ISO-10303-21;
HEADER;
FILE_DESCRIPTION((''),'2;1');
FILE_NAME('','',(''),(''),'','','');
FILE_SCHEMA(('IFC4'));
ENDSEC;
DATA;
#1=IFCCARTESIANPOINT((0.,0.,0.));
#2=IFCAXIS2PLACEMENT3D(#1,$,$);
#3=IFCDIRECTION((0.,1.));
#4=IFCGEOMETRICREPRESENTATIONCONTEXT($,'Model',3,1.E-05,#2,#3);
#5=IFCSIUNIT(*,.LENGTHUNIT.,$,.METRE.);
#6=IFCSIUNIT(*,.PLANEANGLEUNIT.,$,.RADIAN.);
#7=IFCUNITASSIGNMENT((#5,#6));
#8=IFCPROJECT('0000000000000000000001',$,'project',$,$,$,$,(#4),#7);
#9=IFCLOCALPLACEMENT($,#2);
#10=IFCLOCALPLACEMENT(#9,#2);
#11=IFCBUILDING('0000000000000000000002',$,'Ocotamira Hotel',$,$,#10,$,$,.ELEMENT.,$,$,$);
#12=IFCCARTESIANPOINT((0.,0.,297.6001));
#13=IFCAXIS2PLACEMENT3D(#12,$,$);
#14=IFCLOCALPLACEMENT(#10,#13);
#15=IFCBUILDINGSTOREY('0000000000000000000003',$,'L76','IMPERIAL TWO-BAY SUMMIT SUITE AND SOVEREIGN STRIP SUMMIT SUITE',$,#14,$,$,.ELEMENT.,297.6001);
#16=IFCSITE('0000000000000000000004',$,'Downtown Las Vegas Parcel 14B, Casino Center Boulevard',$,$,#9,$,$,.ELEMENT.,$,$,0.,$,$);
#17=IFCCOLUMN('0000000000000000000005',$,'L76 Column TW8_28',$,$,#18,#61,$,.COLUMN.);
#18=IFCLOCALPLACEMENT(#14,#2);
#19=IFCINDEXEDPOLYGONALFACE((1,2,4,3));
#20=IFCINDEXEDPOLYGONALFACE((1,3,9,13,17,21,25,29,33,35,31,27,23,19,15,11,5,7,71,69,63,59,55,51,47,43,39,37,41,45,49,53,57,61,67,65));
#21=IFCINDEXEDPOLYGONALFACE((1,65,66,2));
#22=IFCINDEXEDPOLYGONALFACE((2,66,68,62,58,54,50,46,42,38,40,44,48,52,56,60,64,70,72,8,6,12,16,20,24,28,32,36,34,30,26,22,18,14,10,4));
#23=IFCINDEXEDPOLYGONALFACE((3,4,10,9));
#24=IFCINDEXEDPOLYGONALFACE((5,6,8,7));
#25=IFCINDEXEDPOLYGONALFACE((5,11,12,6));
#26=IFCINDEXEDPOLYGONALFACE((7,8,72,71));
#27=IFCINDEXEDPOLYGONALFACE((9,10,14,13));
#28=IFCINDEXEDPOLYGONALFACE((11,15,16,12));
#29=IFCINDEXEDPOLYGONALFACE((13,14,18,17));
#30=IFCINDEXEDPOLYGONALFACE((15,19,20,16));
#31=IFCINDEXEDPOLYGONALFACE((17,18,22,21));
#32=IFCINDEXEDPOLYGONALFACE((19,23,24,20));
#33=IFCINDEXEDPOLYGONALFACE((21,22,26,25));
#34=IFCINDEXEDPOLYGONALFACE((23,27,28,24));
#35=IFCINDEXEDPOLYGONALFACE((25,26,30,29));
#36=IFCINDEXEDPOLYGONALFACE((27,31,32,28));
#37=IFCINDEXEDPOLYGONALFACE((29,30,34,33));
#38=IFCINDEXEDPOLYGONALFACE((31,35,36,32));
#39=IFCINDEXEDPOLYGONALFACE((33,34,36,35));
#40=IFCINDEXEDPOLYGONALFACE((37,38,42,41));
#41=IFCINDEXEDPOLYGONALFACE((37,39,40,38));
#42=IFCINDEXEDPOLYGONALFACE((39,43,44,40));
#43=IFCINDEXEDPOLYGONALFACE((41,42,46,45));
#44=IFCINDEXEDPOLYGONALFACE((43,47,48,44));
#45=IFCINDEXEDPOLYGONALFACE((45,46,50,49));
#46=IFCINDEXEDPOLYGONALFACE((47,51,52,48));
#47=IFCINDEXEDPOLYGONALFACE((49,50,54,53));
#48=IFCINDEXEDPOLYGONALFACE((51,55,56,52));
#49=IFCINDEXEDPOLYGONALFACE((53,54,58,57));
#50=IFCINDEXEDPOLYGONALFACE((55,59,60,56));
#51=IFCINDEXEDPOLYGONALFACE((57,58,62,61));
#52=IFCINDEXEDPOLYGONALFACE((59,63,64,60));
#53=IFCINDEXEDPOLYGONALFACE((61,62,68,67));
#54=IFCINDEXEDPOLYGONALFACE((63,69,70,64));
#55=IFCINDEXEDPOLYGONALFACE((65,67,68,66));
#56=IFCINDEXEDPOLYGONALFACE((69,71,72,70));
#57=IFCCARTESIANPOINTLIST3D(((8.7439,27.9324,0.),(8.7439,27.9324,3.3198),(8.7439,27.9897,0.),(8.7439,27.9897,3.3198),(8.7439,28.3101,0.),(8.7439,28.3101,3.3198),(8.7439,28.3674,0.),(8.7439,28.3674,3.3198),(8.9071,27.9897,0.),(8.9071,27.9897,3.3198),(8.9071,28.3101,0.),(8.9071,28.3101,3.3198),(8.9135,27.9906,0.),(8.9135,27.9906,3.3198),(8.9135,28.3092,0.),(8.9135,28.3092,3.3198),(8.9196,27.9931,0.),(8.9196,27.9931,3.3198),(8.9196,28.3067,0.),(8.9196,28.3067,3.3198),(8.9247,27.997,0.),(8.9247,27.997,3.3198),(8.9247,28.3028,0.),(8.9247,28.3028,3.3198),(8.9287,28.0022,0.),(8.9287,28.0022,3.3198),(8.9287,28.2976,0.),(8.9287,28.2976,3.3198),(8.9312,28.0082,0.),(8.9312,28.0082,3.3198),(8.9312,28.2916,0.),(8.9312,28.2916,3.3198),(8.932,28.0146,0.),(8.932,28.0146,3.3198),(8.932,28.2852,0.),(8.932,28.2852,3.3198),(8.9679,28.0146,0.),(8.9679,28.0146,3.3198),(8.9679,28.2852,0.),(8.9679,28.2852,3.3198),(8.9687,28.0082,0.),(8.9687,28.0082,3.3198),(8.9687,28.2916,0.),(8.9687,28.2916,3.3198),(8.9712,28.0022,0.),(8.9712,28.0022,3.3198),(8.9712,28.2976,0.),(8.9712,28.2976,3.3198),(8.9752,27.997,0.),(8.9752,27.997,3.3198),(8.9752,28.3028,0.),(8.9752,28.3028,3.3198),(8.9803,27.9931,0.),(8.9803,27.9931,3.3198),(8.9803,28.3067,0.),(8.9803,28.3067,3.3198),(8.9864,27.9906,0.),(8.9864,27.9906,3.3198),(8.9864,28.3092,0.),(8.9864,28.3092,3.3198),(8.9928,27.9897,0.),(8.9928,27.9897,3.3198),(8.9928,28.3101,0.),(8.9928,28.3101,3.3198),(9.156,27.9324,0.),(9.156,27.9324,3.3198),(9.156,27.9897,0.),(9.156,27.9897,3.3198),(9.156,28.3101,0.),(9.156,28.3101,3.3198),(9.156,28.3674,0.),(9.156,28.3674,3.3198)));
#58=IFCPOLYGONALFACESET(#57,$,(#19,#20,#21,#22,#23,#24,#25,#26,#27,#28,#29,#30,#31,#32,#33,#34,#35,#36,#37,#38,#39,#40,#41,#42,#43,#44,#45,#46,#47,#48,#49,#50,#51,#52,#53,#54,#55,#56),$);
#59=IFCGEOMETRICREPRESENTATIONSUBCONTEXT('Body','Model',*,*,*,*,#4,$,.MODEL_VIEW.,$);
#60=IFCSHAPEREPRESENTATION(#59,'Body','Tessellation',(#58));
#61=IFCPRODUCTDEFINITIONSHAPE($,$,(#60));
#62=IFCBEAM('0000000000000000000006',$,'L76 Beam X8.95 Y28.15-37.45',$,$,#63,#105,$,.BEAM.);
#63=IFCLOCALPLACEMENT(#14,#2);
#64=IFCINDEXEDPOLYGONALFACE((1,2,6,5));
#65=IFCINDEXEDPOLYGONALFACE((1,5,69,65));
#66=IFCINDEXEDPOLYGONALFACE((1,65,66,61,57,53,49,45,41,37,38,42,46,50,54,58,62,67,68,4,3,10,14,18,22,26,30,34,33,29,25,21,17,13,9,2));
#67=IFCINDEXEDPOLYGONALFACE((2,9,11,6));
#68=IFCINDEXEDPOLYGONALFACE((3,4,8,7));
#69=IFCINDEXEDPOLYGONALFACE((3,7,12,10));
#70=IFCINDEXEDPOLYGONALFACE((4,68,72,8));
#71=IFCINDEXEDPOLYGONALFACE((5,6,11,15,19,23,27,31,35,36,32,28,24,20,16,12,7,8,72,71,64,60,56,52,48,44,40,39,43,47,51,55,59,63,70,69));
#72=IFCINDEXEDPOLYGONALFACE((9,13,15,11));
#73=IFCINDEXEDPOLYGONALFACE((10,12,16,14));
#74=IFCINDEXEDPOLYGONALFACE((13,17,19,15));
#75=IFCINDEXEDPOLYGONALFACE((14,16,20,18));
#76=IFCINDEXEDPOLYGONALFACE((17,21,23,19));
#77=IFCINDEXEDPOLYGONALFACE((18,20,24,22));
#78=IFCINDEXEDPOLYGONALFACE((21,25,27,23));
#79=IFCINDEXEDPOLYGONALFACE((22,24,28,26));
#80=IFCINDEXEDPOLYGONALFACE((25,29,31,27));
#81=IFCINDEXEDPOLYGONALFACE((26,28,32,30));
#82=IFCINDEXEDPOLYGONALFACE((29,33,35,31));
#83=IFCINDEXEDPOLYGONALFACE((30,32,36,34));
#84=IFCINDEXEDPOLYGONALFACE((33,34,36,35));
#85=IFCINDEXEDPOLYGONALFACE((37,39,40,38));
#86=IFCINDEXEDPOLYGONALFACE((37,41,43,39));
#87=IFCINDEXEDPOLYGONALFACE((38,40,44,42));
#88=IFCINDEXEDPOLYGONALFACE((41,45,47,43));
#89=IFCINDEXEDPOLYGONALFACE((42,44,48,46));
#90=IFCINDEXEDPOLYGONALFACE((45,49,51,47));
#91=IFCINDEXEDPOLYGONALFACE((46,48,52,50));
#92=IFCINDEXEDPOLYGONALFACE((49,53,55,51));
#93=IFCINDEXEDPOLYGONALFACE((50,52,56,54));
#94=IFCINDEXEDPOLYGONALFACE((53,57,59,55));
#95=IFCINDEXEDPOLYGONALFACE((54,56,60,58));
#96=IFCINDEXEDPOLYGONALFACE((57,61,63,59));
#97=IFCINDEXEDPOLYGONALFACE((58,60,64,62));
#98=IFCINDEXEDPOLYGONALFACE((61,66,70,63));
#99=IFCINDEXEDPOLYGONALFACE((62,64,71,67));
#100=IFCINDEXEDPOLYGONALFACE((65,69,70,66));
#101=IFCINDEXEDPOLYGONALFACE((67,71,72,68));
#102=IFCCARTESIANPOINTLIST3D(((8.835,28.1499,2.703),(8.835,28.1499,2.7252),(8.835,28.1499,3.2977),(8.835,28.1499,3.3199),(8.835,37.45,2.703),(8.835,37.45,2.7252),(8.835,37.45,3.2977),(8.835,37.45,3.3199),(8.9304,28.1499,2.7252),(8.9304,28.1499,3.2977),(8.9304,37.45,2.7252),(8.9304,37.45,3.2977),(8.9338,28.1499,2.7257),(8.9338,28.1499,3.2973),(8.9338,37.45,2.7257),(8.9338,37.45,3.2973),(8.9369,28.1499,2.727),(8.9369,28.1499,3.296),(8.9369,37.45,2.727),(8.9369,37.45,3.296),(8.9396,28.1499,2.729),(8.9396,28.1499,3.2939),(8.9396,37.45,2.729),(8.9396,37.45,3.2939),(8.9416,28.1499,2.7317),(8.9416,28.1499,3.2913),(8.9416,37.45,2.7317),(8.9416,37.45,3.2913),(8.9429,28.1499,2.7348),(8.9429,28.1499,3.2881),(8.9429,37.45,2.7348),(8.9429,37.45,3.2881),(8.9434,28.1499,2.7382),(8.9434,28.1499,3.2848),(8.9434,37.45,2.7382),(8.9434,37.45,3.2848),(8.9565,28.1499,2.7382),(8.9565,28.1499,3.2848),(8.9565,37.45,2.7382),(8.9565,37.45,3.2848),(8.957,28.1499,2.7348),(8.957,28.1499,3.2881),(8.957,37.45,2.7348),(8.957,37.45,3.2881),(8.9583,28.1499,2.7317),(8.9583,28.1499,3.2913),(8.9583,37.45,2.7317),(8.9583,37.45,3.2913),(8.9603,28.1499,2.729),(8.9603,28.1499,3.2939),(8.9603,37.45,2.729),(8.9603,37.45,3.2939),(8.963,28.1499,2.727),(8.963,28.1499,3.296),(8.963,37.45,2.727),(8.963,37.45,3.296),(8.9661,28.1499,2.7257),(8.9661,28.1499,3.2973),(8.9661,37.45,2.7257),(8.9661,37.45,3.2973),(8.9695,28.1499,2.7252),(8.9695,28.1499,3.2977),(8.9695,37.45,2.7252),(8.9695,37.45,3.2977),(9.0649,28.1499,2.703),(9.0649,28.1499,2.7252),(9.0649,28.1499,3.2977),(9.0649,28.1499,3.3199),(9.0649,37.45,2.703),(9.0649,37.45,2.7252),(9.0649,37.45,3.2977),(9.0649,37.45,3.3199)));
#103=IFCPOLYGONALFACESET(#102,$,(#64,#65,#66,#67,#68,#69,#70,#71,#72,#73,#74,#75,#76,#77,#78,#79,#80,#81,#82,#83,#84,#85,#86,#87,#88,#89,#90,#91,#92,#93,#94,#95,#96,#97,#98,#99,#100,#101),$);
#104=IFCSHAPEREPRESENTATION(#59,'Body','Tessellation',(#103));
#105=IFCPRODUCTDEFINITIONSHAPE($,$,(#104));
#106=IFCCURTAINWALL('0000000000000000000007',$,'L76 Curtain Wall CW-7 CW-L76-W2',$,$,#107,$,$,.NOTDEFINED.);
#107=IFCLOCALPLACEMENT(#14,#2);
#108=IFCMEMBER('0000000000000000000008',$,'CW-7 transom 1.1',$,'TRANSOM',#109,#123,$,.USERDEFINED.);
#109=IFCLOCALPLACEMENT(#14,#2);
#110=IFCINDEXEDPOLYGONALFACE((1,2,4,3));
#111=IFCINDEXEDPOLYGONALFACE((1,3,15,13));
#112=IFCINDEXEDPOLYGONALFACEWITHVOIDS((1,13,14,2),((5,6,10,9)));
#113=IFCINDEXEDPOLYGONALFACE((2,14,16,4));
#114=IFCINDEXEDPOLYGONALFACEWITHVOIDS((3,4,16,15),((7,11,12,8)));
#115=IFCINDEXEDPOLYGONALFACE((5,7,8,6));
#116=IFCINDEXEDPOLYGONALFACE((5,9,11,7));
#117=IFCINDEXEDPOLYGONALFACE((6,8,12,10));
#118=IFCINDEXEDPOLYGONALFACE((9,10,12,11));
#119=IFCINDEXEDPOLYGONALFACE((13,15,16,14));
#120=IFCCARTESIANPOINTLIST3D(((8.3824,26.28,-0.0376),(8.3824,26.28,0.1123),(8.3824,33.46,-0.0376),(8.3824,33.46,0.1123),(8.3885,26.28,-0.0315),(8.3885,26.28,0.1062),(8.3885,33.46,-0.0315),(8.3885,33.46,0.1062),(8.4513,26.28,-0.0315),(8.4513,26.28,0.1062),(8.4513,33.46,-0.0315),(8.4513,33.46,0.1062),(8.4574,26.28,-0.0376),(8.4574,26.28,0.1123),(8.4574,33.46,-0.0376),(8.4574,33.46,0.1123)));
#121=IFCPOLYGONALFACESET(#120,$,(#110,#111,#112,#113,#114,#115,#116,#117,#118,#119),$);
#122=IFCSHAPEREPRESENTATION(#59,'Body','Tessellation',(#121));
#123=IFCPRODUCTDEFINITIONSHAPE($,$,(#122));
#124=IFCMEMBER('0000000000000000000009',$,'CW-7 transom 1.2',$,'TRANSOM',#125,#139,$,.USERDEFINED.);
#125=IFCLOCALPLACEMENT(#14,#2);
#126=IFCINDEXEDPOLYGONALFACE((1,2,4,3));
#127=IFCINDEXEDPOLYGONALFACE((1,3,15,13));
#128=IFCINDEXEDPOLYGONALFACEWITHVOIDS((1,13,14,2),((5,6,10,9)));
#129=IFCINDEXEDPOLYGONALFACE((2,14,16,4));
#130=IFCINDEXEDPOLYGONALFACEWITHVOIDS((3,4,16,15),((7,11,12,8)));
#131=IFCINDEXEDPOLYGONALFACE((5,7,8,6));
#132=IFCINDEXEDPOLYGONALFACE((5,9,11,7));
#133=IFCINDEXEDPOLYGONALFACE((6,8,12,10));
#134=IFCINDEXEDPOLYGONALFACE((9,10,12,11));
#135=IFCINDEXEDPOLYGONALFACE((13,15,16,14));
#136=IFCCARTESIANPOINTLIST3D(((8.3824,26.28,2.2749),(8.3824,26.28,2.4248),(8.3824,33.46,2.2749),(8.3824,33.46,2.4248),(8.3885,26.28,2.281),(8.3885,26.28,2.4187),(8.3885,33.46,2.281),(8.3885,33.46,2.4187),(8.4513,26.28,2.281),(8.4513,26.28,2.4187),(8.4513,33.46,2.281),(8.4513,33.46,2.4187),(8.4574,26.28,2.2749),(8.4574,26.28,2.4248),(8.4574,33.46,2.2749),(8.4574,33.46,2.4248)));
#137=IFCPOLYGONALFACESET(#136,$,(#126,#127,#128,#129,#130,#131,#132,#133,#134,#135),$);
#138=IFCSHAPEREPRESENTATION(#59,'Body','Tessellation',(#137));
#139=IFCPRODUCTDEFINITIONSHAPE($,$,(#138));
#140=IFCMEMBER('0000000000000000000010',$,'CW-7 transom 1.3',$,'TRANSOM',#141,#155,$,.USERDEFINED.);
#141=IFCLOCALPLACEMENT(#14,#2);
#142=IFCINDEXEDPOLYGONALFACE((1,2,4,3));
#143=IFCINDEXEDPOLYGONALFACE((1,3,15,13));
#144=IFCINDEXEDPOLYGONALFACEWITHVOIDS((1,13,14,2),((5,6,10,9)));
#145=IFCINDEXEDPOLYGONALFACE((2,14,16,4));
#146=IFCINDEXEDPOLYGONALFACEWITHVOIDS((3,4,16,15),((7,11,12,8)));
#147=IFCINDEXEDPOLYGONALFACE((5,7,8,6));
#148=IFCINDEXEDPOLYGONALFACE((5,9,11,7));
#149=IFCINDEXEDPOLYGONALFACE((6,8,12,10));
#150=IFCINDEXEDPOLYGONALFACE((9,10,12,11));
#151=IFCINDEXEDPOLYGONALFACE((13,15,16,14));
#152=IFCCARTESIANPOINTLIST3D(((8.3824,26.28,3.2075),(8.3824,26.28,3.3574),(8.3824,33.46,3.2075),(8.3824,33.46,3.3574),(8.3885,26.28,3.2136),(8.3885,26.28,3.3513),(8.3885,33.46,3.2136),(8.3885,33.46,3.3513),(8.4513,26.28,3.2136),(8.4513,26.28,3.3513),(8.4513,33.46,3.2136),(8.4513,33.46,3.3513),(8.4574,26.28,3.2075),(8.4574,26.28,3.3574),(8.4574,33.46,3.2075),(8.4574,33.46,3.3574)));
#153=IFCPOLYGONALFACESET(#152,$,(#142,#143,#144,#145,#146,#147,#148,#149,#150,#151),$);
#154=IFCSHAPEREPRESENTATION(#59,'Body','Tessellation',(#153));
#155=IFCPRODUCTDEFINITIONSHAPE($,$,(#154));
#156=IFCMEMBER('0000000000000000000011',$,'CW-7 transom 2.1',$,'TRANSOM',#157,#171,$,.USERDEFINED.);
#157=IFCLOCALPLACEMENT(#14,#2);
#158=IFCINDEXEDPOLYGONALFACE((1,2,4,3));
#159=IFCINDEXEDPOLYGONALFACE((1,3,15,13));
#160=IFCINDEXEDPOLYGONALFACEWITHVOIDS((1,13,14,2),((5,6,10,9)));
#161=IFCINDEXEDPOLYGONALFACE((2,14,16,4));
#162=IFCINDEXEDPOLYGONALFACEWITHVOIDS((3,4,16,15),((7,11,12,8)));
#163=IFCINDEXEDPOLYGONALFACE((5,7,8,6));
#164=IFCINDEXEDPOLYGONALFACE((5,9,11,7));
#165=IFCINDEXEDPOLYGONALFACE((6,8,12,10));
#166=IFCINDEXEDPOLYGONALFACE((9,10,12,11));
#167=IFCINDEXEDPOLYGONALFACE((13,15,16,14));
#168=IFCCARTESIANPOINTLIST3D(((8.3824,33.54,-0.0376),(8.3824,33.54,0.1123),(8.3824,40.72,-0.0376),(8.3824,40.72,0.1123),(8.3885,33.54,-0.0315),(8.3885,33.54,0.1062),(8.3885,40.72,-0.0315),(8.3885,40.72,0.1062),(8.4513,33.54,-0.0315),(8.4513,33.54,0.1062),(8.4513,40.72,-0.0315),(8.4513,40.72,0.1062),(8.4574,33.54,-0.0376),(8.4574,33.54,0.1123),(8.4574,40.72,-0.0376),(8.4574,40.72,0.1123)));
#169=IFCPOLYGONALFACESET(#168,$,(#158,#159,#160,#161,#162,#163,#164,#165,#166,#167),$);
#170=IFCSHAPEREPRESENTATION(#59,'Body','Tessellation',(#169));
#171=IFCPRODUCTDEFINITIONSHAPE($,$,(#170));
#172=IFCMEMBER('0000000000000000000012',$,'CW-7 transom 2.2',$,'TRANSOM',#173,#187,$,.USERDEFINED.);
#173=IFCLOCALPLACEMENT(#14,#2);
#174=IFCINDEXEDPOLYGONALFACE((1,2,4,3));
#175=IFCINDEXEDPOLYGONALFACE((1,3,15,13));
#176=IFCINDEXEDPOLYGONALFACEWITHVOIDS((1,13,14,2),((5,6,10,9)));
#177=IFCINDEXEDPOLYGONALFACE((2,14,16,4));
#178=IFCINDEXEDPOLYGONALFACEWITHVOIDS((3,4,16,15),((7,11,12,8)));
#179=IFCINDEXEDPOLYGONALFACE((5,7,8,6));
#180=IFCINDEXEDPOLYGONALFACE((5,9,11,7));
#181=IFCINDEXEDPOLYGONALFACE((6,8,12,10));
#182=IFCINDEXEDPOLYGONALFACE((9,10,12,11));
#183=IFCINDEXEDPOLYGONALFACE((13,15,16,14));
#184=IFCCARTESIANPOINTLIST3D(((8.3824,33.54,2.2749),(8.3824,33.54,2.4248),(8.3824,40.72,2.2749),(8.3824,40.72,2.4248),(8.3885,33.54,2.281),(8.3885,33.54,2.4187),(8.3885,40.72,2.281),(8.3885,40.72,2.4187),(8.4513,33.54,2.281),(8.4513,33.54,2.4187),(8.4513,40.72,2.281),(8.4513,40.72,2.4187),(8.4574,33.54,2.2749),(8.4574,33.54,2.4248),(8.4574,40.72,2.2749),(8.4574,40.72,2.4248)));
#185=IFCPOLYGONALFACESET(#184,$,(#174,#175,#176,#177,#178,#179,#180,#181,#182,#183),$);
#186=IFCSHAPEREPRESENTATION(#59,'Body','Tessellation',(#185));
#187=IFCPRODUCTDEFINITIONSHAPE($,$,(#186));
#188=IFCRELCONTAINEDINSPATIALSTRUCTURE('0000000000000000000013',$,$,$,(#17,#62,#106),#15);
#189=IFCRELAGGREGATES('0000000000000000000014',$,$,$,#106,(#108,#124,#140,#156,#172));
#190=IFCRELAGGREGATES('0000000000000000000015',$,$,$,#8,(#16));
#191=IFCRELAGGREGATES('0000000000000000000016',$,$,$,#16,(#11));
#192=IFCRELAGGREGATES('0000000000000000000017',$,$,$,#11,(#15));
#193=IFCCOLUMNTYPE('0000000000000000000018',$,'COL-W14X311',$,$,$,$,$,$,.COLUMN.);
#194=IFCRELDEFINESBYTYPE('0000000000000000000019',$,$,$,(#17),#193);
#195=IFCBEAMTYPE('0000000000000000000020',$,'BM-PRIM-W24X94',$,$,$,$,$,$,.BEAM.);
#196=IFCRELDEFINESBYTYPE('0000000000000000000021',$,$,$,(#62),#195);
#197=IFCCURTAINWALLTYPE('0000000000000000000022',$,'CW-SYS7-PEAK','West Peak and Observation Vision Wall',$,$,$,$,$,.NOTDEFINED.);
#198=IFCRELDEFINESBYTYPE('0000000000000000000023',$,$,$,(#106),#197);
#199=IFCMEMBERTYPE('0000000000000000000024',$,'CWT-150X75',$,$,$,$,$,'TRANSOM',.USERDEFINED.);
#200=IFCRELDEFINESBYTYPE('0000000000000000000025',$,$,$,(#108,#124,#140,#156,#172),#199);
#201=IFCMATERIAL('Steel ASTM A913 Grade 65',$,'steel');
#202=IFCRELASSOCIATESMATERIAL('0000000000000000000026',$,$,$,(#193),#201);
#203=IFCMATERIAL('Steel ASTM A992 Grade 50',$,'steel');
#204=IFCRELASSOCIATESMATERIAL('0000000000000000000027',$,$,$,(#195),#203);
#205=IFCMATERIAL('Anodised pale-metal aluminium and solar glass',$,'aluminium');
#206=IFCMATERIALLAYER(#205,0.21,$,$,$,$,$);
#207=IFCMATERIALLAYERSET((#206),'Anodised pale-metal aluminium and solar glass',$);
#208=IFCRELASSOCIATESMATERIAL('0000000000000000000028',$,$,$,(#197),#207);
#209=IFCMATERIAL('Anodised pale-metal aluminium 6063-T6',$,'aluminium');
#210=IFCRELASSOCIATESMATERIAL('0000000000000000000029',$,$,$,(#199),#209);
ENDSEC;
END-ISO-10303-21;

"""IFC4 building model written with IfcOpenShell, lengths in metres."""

from ifc_helpers import new_model, si_unit, direction, frame, origin, origin_2d, place, context, subcontext, project, spatial, hollow_rectangle, i_section, extrude, source, transform, mapped, material, layer, layer_set, material_profile, profile_set, type_object, element, aggregate, save


model = new_model("IFC4")

# Units and contexts
model_context = context("Model", 3, precision=1e-05, world=origin(), true_north=direction((0.0, 1.0)))
body_context = subcontext(model_context, "Body", "Model", "MODEL_VIEW")
ifc_project = project(units=[si_unit("LENGTHUNIT", "METRE"), si_unit("PLANEANGLEUNIT", "RADIAN")], contexts=[model_context])

# Site, building, storey
site_placement = place(None, origin())
site = spatial("IfcSite", under=ifc_project, at=site_placement, Name="Downtown Las Vegas Parcel 14B, Casino Center Boulevard", CompositionType="ELEMENT", RefElevation=0.0)
building_placement = place(site_placement, origin())
building = spatial("IfcBuilding", under=site, at=building_placement, Name="Ocotamira Hotel", CompositionType="ELEMENT")
storey_placement = place(building_placement, frame((0.0, 0.0, 297.6001)))
storey = spatial("IfcBuildingStorey", under=building, at=storey_placement, Name="L76", Description="IMPERIAL TWO-BAY SUMMIT SUITE AND SOVEREIGN STRIP SUMMIT SUITE", CompositionType="ELEMENT", Elevation=297.6001)

# Column
ifc_material_1 = material(Name="Steel ASTM A913 Grade 65", Category="steel")
ifc_material_profile_1 = material_profile(ifc_material_1, i_section(OverallWidth=0.4121, OverallDepth=0.4351, WebThickness=0.0359, FlangeThickness=0.0574, FilletRadius=0.0249, at=origin_2d()), Name="W14X311")
ifc_profile_set_1 = profile_set([ifc_material_profile_1], Name="Steel ASTM A913 Grade 65")
column_type = type_object("IfcColumnType", Name="COL-W14X311", PredefinedType="COLUMN", material=ifc_profile_set_1)
shared_shape_1 = source(origin(), body_context, "Body", "SweptSolid", [
    extrude(i_section(OverallWidth=0.4121, OverallDepth=0.4351, WebThickness=0.0359, FlangeThickness=0.0574, FilletRadius=0.0249, at=origin_2d()), origin(), (0.0, 0.0, 1.0), 3.3198),
])
column_placement = place(storey_placement, frame((8.95, 28.1499, 0.0), z_axis=(0.0, 0.0, 1.0), x_axis=(1.0, 0.0, 0.0)))
element("IfcColumn", 1, at=column_placement, inside=storey, type_object=column_type, Name="L76 Column TW8_28", PredefinedType="COLUMN", context=body_context, shape_type="MappedRepresentation", body=[
    mapped(shared_shape_1, transform((0.0, 0.0, 0.0), scale=1.0)),
])

# Beam
ifc_material_2 = material(Name="Steel ASTM A992 Grade 50", Category="steel")
ifc_material_profile_2 = material_profile(ifc_material_2, i_section(OverallWidth=0.23, OverallDepth=0.6169, WebThickness=0.0132, FlangeThickness=0.0222, FilletRadius=0.0129, at=origin_2d()), Name="W24X94")
ifc_profile_set_2 = profile_set([ifc_material_profile_2], Name="Steel ASTM A992 Grade 50")
beam_type = type_object("IfcBeamType", Name="BM-PRIM-W24X94", PredefinedType="BEAM", material=ifc_profile_set_2)
shared_shape_2 = source(origin(), body_context, "Body", "SweptSolid", [
    extrude(i_section(OverallWidth=0.23, OverallDepth=0.6169, WebThickness=0.0132, FlangeThickness=0.0222, FilletRadius=0.0129, at=origin_2d()), origin(), (0.0, 0.0, 1.0), 9.3),
])
beam_placement = place(storey_placement, frame((8.95, 28.1499, 3.0115), z_axis=(0.0, 1.0, 0.0), x_axis=(-1.0, 0.0, 0.0)))
element("IfcBeam", 2, at=beam_placement, inside=storey, type_object=beam_type, Name="L76 Beam X8.95 Y28.15-37.45", PredefinedType="BEAM", context=body_context, shape_type="MappedRepresentation", body=[
    mapped(shared_shape_2, transform((0.0, 0.0, 0.0), scale=1.0)),
])

# Curtain wall, members
ifc_material_3 = material(Name="Anodised pale-metal aluminium and solar glass", Category="aluminium")
ifc_layer_1 = layer(ifc_material_3, 0.21)
ifc_layer_set_1 = layer_set([ifc_layer_1], Name="Anodised pale-metal aluminium and solar glass")
curtain_wall_type = type_object("IfcCurtainWallType", Name="CW-SYS7-PEAK", Description="West Peak and Observation Vision Wall", PredefinedType="NOTDEFINED", material=ifc_layer_set_1)
curtain_wall_placement = place(storey_placement, origin())
curtain_wall = element("IfcCurtainWall", 3, at=curtain_wall_placement, inside=storey, type_object=curtain_wall_type, Name="L76 Curtain Wall CW-7 CW-L76-W2", PredefinedType="NOTDEFINED")
ifc_material_4 = material(Name="Anodised pale-metal aluminium 6063-T6", Category="aluminium")
ifc_material_profile_3 = material_profile(ifc_material_4, hollow_rectangle(XDim=0.075, YDim=0.1499, WallThickness=0.0061, at=origin_2d()), Name="HSS150X75X6")
ifc_profile_set_3 = profile_set([ifc_material_profile_3], Name="Anodised pale-metal aluminium 6063-T6")
member_type_1 = type_object("IfcMemberType", Name="CWT-150X75", ElementType="TRANSOM", PredefinedType="USERDEFINED", material=ifc_profile_set_3)
shared_shape_3 = source(origin(), body_context, "Body", "SweptSolid", [
    extrude(hollow_rectangle(XDim=0.075, YDim=0.1499, WallThickness=0.0061, at=origin_2d()), origin(), (0.0, 0.0, 1.0), 7.1799),
])
member_1_placement = place(storey_placement, frame((8.4199, 26.28, 0.0374), z_axis=(0.0, 1.0, 0.0), x_axis=(-1.0, 0.0, 0.0)))
member_1 = element("IfcMember", 4, at=member_1_placement, type_object=member_type_1, Name="CW-7 transom 1.1", ObjectType="TRANSOM", PredefinedType="USERDEFINED", context=body_context, shape_type="MappedRepresentation", body=[
    mapped(shared_shape_3, transform((0.0, 0.0, 0.0), scale=1.0)),
])
member_2_placement = place(storey_placement, frame((8.4199, 26.28, 2.3499), z_axis=(0.0, 1.0, 0.0), x_axis=(-1.0, 0.0, 0.0)))
member_2 = element("IfcMember", 5, at=member_2_placement, type_object=member_type_1, Name="CW-7 transom 1.2", ObjectType="TRANSOM", PredefinedType="USERDEFINED", context=body_context, shape_type="MappedRepresentation", body=[
    mapped(shared_shape_3, transform((0.0, 0.0, 0.0), scale=1.0)),
])
member_3_placement = place(storey_placement, frame((8.4199, 26.28, 3.2825), z_axis=(0.0, 1.0, 0.0), x_axis=(-1.0, 0.0, 0.0)))
member_3 = element("IfcMember", 6, at=member_3_placement, type_object=member_type_1, Name="CW-7 transom 1.3", ObjectType="TRANSOM", PredefinedType="USERDEFINED", context=body_context, shape_type="MappedRepresentation", body=[
    mapped(shared_shape_3, transform((0.0, 0.0, 0.0), scale=1.0)),
])
member_4_placement = place(storey_placement, frame((8.4199, 33.54, 0.0374), z_axis=(0.0, 1.0, 0.0), x_axis=(-1.0, 0.0, 0.0)))
member_4 = element("IfcMember", 7, at=member_4_placement, type_object=member_type_1, Name="CW-7 transom 2.1", ObjectType="TRANSOM", PredefinedType="USERDEFINED", context=body_context, shape_type="MappedRepresentation", body=[
    mapped(shared_shape_3, transform((0.0, 0.0, 0.0), scale=1.0)),
])
member_5_placement = place(storey_placement, frame((8.4199, 33.54, 2.3499), z_axis=(0.0, 1.0, 0.0), x_axis=(-1.0, 0.0, 0.0)))
member_5 = element("IfcMember", 8, at=member_5_placement, type_object=member_type_1, Name="CW-7 transom 2.2", ObjectType="TRANSOM", PredefinedType="USERDEFINED", context=body_context, shape_type="MappedRepresentation", body=[
    mapped(shared_shape_3, transform((0.0, 0.0, 0.0), scale=1.0)),
])
aggregate(curtain_wall, [member_1, member_2, member_3, member_4, member_5])

save(model, "model.ifc")
